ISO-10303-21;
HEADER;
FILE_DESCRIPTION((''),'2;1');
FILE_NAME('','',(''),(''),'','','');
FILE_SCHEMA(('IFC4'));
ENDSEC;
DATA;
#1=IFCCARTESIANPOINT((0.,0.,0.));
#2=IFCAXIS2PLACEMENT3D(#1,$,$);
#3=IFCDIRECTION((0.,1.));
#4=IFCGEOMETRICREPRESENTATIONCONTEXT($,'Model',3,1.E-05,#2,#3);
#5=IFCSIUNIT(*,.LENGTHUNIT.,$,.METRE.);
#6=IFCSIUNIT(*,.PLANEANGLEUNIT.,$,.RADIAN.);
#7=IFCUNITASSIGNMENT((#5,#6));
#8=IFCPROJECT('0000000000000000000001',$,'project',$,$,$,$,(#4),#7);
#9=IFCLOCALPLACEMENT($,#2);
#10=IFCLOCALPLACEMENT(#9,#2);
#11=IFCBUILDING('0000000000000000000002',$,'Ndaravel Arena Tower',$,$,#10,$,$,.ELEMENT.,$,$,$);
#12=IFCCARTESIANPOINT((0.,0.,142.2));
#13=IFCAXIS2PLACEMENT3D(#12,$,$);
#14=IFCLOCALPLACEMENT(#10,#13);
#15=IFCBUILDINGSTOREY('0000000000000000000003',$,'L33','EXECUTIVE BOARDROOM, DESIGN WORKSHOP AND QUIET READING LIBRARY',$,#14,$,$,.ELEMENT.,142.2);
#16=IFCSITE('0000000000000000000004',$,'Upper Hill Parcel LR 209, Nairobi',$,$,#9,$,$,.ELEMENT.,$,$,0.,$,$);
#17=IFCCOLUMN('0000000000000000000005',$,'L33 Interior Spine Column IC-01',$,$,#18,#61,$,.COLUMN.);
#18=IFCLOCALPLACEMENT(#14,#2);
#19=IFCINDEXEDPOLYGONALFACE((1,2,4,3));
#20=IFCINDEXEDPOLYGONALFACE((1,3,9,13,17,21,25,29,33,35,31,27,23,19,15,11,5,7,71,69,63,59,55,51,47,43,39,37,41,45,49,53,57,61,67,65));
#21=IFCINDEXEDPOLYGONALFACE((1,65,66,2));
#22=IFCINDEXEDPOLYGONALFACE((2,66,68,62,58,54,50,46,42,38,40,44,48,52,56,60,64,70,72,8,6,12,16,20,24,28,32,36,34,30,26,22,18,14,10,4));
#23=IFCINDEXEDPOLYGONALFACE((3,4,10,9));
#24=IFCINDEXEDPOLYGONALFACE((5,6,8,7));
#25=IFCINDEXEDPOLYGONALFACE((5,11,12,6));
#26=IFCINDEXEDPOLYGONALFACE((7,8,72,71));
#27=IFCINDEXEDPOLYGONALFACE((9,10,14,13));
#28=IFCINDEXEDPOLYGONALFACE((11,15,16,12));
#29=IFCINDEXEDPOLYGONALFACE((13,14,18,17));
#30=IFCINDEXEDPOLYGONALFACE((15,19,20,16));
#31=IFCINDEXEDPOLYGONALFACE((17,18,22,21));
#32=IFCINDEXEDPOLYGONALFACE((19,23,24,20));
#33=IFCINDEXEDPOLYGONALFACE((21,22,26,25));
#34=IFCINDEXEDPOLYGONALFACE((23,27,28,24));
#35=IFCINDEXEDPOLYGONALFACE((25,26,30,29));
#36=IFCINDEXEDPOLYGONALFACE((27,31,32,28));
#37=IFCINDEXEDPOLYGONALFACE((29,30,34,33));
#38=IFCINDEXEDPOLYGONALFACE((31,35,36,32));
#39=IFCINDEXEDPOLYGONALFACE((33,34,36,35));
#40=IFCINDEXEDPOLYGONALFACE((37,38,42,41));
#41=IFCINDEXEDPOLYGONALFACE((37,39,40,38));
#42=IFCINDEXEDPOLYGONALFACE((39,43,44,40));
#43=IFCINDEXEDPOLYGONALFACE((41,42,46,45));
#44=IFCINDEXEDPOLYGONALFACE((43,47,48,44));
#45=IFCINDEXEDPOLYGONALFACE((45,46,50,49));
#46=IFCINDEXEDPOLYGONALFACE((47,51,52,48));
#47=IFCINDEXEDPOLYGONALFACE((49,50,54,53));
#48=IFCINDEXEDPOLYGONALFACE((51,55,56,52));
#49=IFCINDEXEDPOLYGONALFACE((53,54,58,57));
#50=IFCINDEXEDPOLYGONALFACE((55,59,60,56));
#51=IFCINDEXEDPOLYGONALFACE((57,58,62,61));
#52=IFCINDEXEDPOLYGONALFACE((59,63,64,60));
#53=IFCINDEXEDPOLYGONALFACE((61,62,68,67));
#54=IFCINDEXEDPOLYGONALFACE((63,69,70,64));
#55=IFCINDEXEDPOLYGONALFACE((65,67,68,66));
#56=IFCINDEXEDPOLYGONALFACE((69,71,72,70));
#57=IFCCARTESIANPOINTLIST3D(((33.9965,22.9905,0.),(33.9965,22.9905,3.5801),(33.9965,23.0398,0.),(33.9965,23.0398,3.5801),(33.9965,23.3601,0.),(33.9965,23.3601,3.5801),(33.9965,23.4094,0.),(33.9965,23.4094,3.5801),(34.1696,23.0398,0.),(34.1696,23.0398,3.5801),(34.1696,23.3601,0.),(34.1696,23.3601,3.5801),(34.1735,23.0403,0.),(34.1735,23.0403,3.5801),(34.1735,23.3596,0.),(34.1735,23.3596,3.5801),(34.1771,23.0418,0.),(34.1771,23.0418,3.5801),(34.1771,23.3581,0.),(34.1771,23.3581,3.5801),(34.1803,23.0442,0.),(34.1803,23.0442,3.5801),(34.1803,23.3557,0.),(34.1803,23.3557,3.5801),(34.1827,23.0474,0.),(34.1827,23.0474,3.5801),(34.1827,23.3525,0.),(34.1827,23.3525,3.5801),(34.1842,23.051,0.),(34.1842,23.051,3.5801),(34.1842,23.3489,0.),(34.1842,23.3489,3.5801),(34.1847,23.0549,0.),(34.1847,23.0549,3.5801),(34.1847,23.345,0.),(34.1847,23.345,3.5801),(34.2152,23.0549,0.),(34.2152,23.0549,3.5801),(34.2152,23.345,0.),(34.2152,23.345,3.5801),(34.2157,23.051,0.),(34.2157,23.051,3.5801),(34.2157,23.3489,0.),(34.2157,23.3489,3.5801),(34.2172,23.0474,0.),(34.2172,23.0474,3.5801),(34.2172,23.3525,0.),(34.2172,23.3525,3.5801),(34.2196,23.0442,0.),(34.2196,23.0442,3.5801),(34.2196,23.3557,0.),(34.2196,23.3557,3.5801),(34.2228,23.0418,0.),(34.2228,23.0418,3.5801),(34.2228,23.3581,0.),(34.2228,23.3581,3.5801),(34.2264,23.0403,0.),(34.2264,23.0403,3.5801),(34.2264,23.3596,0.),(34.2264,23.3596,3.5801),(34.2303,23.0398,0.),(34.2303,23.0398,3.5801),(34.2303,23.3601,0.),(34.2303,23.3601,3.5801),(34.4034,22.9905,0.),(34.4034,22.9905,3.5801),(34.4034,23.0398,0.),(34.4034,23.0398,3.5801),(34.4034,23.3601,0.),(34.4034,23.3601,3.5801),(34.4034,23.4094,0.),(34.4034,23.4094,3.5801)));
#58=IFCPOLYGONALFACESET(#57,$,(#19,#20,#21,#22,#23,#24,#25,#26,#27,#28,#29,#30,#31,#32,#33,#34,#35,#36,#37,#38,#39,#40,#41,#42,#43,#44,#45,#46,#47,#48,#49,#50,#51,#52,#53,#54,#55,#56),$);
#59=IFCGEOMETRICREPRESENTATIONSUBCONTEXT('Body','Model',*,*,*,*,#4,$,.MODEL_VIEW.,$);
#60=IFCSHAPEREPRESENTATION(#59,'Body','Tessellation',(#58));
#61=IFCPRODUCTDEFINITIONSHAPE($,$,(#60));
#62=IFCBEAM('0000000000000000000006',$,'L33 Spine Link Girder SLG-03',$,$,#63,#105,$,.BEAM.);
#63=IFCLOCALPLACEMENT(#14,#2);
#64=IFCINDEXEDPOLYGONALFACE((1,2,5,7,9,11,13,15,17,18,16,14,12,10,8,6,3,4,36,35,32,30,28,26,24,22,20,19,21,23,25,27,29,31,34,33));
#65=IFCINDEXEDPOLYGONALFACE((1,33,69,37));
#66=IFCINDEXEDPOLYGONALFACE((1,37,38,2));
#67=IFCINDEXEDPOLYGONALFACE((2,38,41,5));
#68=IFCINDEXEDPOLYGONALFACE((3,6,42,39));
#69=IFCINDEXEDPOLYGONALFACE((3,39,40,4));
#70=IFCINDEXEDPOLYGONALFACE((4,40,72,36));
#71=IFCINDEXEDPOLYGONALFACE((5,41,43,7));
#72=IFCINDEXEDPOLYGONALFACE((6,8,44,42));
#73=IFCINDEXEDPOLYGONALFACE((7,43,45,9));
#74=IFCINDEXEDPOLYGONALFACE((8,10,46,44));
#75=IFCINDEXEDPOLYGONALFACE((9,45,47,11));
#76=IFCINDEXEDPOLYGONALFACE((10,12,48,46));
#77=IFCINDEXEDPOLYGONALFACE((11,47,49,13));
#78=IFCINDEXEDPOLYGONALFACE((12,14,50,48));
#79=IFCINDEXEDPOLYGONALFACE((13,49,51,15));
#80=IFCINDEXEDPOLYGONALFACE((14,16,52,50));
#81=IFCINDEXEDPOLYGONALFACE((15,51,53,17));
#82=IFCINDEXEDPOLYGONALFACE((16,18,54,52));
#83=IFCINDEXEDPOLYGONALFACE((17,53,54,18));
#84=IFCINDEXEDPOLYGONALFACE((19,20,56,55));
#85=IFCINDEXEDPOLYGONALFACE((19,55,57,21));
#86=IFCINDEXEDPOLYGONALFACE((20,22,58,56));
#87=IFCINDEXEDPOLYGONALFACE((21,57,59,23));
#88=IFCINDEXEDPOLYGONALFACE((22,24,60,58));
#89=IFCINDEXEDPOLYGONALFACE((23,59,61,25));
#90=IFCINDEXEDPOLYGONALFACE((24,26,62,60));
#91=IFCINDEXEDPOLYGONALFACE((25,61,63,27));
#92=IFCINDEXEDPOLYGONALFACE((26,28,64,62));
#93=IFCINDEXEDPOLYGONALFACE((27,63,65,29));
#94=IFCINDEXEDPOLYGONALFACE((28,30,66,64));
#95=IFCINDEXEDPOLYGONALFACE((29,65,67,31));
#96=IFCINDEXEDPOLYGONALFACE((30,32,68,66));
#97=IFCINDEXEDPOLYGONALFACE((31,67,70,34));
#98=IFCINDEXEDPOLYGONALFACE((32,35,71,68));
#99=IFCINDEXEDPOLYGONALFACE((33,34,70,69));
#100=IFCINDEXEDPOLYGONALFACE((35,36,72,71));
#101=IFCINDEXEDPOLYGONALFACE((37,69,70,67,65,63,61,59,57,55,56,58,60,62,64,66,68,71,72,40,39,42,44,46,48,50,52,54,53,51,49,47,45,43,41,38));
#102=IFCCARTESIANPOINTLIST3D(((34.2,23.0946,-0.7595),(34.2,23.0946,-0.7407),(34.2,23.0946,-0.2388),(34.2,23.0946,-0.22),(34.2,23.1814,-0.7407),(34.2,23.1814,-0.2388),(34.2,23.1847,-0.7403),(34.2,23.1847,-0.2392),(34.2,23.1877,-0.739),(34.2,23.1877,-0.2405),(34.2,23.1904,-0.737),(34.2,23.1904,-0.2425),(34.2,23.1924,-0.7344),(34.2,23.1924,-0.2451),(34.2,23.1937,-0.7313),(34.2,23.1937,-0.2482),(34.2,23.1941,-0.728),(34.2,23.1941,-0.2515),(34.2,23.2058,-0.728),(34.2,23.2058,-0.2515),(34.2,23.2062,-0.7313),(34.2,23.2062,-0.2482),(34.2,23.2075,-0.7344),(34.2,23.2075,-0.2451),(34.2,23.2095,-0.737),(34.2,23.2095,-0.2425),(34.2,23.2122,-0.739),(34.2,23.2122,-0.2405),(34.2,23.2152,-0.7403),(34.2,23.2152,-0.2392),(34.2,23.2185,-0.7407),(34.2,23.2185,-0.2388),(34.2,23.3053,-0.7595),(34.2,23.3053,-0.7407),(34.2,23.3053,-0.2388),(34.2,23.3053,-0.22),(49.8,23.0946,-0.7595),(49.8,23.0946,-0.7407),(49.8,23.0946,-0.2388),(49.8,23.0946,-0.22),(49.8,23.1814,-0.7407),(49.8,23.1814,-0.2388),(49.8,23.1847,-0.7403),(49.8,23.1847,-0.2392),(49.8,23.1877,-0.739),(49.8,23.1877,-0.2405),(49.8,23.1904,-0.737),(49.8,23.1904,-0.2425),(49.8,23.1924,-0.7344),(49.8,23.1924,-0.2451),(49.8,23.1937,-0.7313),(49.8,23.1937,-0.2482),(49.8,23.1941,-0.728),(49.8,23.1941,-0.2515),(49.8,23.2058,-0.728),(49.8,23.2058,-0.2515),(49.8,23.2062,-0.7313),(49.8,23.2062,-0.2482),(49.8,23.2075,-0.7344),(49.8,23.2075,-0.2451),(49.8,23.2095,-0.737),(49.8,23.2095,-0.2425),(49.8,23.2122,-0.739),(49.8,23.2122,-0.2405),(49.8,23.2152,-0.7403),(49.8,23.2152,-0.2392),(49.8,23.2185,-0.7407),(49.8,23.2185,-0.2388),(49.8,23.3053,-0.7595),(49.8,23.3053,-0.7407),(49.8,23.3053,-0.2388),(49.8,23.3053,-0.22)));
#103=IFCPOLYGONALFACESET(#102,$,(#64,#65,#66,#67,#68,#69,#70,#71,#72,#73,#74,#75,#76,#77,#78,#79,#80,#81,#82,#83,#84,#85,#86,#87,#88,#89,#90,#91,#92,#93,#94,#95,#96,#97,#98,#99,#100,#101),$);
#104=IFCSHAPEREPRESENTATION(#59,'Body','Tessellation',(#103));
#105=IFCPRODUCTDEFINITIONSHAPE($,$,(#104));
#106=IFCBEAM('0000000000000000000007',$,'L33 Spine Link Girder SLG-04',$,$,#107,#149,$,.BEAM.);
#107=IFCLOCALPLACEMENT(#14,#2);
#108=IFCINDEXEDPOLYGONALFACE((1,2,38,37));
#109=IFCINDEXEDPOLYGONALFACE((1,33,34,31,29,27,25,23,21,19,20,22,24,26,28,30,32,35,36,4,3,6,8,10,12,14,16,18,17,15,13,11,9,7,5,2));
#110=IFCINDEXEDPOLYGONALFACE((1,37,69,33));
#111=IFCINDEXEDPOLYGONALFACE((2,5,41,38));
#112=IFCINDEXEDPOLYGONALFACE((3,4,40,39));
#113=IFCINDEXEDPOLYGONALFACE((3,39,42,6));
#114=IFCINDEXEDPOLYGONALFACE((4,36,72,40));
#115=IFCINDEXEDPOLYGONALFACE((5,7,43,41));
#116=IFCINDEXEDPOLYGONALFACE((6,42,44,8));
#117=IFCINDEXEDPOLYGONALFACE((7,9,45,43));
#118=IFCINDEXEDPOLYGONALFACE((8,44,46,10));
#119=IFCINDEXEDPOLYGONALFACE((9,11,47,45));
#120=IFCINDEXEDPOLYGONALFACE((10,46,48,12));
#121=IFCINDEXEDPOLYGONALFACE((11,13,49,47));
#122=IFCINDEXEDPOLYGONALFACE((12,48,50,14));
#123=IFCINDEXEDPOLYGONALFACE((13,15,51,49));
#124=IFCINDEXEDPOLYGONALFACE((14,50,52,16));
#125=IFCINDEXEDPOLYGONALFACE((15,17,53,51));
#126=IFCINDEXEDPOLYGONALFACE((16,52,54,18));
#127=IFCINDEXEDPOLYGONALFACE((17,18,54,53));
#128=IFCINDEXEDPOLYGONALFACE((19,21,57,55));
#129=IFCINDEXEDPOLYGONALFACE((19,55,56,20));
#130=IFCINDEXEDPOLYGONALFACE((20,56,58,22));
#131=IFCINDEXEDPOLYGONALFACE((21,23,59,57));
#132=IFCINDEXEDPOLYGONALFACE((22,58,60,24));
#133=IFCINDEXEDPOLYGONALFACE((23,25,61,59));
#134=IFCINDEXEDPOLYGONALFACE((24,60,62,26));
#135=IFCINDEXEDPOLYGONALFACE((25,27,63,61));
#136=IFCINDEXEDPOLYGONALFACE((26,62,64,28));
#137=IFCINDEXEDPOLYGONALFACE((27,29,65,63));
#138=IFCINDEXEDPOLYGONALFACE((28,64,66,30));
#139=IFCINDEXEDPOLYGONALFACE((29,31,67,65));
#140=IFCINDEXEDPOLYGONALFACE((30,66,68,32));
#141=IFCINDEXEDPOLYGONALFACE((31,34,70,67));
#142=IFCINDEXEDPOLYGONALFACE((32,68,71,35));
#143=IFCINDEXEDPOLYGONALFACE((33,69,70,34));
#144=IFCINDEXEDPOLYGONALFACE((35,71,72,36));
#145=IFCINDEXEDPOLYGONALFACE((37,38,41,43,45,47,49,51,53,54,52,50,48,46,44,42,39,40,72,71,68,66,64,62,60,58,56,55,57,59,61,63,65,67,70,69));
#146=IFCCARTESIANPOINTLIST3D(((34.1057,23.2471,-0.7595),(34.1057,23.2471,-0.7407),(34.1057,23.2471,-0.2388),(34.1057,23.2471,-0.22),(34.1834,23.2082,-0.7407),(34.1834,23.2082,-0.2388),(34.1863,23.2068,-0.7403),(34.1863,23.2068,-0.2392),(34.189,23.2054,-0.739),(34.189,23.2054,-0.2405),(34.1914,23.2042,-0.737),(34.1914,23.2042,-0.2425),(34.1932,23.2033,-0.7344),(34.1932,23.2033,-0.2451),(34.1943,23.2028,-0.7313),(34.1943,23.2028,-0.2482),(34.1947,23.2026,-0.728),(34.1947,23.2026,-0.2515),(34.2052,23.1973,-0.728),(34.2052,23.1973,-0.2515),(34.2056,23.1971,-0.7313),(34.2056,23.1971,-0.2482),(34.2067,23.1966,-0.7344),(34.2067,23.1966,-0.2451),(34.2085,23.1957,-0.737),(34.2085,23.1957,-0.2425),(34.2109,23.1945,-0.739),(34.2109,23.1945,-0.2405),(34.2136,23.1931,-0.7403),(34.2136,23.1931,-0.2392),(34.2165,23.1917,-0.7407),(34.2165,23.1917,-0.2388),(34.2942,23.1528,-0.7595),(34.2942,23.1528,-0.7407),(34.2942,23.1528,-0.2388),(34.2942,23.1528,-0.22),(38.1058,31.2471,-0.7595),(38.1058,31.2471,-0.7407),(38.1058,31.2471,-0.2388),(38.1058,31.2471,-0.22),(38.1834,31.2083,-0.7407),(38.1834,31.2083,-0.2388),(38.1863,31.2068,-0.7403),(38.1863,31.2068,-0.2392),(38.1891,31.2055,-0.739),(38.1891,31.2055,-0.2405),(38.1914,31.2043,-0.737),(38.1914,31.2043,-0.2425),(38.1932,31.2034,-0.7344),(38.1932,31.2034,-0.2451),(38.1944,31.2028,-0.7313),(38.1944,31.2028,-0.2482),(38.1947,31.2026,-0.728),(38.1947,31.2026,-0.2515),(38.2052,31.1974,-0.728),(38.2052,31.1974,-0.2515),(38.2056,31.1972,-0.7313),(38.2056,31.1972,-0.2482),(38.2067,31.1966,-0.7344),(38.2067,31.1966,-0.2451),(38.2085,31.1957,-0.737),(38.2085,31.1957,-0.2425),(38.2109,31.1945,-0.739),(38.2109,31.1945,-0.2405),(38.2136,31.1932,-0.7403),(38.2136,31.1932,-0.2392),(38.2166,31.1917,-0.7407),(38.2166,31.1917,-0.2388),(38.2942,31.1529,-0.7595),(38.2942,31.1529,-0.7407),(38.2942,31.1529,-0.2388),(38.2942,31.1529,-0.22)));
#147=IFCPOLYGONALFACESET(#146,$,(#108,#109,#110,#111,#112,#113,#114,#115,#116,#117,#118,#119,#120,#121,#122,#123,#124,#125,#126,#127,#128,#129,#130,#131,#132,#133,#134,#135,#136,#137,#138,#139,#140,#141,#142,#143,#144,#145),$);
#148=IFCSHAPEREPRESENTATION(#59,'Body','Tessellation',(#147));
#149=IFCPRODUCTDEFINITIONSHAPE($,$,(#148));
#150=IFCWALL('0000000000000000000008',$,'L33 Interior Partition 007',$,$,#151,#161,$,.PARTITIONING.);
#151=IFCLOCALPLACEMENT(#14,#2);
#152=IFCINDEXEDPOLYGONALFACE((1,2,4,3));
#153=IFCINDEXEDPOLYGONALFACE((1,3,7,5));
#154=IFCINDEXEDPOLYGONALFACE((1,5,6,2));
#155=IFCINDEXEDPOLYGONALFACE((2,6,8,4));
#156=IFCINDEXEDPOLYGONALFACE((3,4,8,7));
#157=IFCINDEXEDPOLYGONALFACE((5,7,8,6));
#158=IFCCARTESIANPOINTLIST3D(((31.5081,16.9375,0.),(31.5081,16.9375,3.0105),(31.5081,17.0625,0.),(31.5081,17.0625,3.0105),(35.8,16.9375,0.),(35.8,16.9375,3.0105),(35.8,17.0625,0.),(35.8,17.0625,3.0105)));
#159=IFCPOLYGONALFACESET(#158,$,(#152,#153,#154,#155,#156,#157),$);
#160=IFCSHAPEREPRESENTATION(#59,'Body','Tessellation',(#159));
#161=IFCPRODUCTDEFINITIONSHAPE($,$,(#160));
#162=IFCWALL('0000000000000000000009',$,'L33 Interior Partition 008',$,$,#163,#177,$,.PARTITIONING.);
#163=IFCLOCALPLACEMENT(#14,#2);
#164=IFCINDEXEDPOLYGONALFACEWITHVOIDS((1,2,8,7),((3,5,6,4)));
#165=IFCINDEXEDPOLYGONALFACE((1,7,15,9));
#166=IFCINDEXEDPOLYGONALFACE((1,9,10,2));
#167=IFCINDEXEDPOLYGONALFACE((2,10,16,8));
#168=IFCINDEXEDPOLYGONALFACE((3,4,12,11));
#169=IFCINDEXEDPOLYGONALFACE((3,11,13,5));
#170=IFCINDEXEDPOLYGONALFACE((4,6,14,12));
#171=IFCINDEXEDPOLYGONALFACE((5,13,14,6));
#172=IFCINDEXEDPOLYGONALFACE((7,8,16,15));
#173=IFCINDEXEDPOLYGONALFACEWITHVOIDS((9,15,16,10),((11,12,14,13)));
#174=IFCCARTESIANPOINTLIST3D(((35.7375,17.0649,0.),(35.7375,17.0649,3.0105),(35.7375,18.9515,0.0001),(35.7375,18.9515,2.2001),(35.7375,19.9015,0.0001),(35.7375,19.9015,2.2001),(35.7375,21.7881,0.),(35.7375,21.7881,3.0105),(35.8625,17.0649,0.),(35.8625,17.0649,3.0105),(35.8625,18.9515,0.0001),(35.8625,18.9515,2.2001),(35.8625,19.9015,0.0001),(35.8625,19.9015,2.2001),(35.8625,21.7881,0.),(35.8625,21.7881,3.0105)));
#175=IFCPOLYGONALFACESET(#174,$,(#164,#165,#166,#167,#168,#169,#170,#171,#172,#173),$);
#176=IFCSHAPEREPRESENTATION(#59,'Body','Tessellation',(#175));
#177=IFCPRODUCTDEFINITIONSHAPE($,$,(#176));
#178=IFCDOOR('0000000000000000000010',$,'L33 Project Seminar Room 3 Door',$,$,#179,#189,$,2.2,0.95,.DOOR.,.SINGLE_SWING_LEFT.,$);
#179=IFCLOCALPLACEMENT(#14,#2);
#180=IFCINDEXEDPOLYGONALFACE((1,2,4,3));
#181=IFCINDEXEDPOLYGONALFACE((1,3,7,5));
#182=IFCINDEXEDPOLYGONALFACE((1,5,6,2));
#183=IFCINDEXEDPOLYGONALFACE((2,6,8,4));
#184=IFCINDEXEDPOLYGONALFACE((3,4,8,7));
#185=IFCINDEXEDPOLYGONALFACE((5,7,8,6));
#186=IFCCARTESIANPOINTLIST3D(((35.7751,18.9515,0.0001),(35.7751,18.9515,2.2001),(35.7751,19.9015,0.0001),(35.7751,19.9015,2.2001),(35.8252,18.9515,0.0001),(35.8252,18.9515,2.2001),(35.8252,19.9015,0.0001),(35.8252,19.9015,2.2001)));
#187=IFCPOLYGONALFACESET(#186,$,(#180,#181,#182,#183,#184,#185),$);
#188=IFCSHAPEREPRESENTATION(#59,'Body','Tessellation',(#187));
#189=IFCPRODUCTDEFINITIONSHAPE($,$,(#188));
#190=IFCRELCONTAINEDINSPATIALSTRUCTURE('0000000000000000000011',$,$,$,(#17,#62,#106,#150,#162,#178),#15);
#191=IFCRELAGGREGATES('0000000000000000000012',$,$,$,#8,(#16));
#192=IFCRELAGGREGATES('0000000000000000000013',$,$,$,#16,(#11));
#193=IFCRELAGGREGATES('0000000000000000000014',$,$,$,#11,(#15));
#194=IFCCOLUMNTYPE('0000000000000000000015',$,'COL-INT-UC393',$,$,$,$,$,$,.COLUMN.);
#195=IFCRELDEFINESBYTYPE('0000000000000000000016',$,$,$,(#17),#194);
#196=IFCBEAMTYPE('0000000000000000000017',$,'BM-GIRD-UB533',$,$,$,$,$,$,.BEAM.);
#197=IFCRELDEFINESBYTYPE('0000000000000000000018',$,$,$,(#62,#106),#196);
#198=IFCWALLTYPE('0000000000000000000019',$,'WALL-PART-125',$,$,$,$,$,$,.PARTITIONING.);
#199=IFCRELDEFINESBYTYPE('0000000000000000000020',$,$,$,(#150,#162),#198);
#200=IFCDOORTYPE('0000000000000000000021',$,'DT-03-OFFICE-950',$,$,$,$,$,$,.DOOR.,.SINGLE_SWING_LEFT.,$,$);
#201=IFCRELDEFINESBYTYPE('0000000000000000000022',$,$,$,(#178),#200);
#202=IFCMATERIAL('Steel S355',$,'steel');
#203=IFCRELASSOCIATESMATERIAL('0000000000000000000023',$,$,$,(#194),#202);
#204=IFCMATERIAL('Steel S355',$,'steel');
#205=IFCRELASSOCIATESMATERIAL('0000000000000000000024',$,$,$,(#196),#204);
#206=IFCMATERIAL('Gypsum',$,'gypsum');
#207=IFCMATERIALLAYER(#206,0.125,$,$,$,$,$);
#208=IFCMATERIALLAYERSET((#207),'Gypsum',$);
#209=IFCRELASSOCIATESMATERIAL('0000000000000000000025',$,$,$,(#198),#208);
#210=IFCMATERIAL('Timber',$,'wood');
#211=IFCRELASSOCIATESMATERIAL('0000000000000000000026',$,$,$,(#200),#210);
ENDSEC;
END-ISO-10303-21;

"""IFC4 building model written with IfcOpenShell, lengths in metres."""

from ifc_helpers import new_model, si_unit, direction, frame, frame_2d, origin, origin_2d, place, context, subcontext, project, spatial, rectangle, i_section, extrude, material, layer, layer_set, material_profile, profile_set, type_object, element, fill, save


model = new_model("IFC4")

# Units and contexts
model_context = context("Model", 3, precision=1e-05, world=origin(), true_north=direction((0.0, 1.0)))
body_context = subcontext(model_context, "Body", "Model", "MODEL_VIEW")
ifc_project = project(units=[si_unit("LENGTHUNIT", "METRE"), si_unit("PLANEANGLEUNIT", "RADIAN")], contexts=[model_context])

# Site, building, storey
site_placement = place(None, origin())
site = spatial("IfcSite", under=ifc_project, at=site_placement, Name="Upper Hill Parcel LR 209, Nairobi", CompositionType="ELEMENT", RefElevation=0.0)
building_placement = place(site_placement, origin())
building = spatial("IfcBuilding", under=site, at=building_placement, Name="Ndaravel Arena Tower", CompositionType="ELEMENT")
storey_placement = place(building_placement, frame((0.0, 0.0, 142.2)))
storey = spatial("IfcBuildingStorey", under=building, at=storey_placement, Name="L33", Description="EXECUTIVE BOARDROOM, DESIGN WORKSHOP AND QUIET READING LIBRARY", CompositionType="ELEMENT", Elevation=142.2)

# Column
ifc_material_1 = material(Name="Steel S355", Category="steel")
ifc_material_profile_1 = material_profile(ifc_material_1, i_section(OverallWidth=0.407, OverallDepth=0.4189, WebThickness=0.0305, FlangeThickness=0.0493, FilletRadius=0.0151, at=origin_2d()), Name="UC 356x406x393")
ifc_profile_set_1 = profile_set([ifc_material_profile_1], Name="Steel S355")
column_type = type_object("IfcColumnType", Name="COL-INT-UC393", PredefinedType="COLUMN", material=ifc_profile_set_1)
column_placement = place(storey_placement, frame((34.2, 23.2, 0.0), z_axis=(0.0, 0.0, 1.0), x_axis=(1.0, 0.0, 0.0)))
element("IfcColumn", 1, at=column_placement, inside=storey, type_object=column_type, Name="L33 Interior Spine Column IC-01", PredefinedType="COLUMN", context=body_context, shape_type="SweptSolid", body=[
    extrude(i_section(OverallWidth=0.407, OverallDepth=0.4189, WebThickness=0.0305, FlangeThickness=0.0493, FilletRadius=0.0151, at=origin_2d()), origin(), (0.0, 0.0, 1.0), 3.5801),
])

# Beams
ifc_material_2 = material(Name="Steel S355", Category="steel")
ifc_material_profile_2 = material_profile(ifc_material_2, i_section(OverallWidth=0.2107, OverallDepth=0.5396, WebThickness=0.0117, FlangeThickness=0.0188, FilletRadius=0.0127, at=origin_2d()), Name="UB 533x210x109")
ifc_profile_set_2 = profile_set([ifc_material_profile_2], Name="Steel S355")
beam_type = type_object("IfcBeamType", Name="BM-GIRD-UB533", PredefinedType="BEAM", material=ifc_profile_set_2)
beam_1_placement = place(storey_placement, frame((34.2, 23.2, -0.4897), z_axis=(1.0, 0.0, 0.0), x_axis=(0.0, 1.0, 0.0)))
element("IfcBeam", 2, at=beam_1_placement, inside=storey, type_object=beam_type, Name="L33 Spine Link Girder SLG-03", PredefinedType="BEAM", context=body_context, shape_type="SweptSolid", body=[
    extrude(i_section(OverallWidth=0.2107, OverallDepth=0.5396, WebThickness=0.0117, FlangeThickness=0.0188, FilletRadius=0.0127, at=origin_2d()), origin(), (0.0, 0.0, 1.0), 15.6001),
])
beam_2_placement = place(storey_placement, frame((34.2, 23.2, -0.4897), z_axis=(0.447214, 0.894427, 0.0), x_axis=(-0.894427, 0.447214, 0.0)))
element("IfcBeam", 3, at=beam_2_placement, inside=storey, type_object=beam_type, Name="L33 Spine Link Girder SLG-04", PredefinedType="BEAM", context=body_context, shape_type="SweptSolid", body=[
    extrude(i_section(OverallWidth=0.2107, OverallDepth=0.5396, WebThickness=0.0117, FlangeThickness=0.0188, FilletRadius=0.0127, at=origin_2d()), origin(), (0.0, 0.0, 1.0), 8.9443),
])

# Wall
ifc_material_3 = material(Name="Gypsum", Category="gypsum")
ifc_layer_1 = layer(ifc_material_3, 0.125)
ifc_layer_set_1 = layer_set([ifc_layer_1], Name="Gypsum")
wall_type_1 = type_object("IfcWallType", Name="WALL-PART-125", PredefinedType="PARTITIONING", material=ifc_layer_set_1)
wall_1_placement = place(storey_placement, frame((31.5081, 17.0, 0.0), z_axis=(0.0, 0.0, 1.0), x_axis=(1.0, 0.0, 0.0)))
element("IfcWall", 4, at=wall_1_placement, inside=storey, type_object=wall_type_1, Name="L33 Interior Partition 007", PredefinedType="PARTITIONING", context=body_context, shape_type="SweptSolid", body=[
    extrude(rectangle(XDim=4.292, YDim=0.125, at=frame_2d((2.146, 0.0))), origin(), (0.0, 0.0, 1.0), 3.0105),
])

# Wall, opening, door
wall_2_placement = place(storey_placement, frame((35.8, 17.0649, 0.0), z_axis=(0.0, 0.0, 1.0), x_axis=(0.0, 1.0, 0.0)))
wall_2 = element("IfcWall", 5, at=wall_2_placement, inside=storey, type_object=wall_type_1, Name="L33 Interior Partition 008", PredefinedType="PARTITIONING", context=body_context, shape_type="SweptSolid", body=[
    extrude(rectangle(XDim=4.7231, YDim=0.125, at=frame_2d((2.3616, 0.0))), origin(), (0.0, 0.0, 1.0), 3.0105),
])
opening_1_placement = place(wall_2_placement, frame((1.8865, 0.0, 0.0)))
opening_1 = element("IfcOpeningElement", 6, at=opening_1_placement, cuts=wall_2, PredefinedType="OPENING", context=body_context, shape_type="SweptSolid", body=[
    extrude(rectangle(XDim=0.95, YDim=2.2, at=frame_2d((0.4751, 1.1001))), frame((0.0, 0.0625, 0.0), z_axis=(0.0, -1.0, 0.0), x_axis=(1.0, 0.0, 0.0)), (0.0, 0.0, 1.0), 0.125),
])
ifc_material_4 = material(Name="Timber", Category="wood")
door_type_1 = type_object("IfcDoorType", Name="DT-03-OFFICE-950", OperationType="SINGLE_SWING_LEFT", PredefinedType="DOOR", material=ifc_material_4)
door_1_placement = place(opening_1_placement, origin())
door_1 = element("IfcDoor", 7, at=door_1_placement, inside=storey, type_object=door_type_1, Name="L33 Project Seminar Room 3 Door", OperationType="SINGLE_SWING_LEFT", OverallHeight=2.2, OverallWidth=0.95, PredefinedType="DOOR", context=body_context, shape_type="SweptSolid", body=[
    extrude(rectangle(XDim=0.95, YDim=2.2, at=frame_2d((0.4751, 1.1001))), frame((0.0, 0.0249, 0.0), z_axis=(0.0, -1.0, 0.0), x_axis=(1.0, 0.0, 0.0)), (0.0, 0.0, 1.0), 0.05),
])
fill(opening_1, door_1)

save(model, "model.ifc")
